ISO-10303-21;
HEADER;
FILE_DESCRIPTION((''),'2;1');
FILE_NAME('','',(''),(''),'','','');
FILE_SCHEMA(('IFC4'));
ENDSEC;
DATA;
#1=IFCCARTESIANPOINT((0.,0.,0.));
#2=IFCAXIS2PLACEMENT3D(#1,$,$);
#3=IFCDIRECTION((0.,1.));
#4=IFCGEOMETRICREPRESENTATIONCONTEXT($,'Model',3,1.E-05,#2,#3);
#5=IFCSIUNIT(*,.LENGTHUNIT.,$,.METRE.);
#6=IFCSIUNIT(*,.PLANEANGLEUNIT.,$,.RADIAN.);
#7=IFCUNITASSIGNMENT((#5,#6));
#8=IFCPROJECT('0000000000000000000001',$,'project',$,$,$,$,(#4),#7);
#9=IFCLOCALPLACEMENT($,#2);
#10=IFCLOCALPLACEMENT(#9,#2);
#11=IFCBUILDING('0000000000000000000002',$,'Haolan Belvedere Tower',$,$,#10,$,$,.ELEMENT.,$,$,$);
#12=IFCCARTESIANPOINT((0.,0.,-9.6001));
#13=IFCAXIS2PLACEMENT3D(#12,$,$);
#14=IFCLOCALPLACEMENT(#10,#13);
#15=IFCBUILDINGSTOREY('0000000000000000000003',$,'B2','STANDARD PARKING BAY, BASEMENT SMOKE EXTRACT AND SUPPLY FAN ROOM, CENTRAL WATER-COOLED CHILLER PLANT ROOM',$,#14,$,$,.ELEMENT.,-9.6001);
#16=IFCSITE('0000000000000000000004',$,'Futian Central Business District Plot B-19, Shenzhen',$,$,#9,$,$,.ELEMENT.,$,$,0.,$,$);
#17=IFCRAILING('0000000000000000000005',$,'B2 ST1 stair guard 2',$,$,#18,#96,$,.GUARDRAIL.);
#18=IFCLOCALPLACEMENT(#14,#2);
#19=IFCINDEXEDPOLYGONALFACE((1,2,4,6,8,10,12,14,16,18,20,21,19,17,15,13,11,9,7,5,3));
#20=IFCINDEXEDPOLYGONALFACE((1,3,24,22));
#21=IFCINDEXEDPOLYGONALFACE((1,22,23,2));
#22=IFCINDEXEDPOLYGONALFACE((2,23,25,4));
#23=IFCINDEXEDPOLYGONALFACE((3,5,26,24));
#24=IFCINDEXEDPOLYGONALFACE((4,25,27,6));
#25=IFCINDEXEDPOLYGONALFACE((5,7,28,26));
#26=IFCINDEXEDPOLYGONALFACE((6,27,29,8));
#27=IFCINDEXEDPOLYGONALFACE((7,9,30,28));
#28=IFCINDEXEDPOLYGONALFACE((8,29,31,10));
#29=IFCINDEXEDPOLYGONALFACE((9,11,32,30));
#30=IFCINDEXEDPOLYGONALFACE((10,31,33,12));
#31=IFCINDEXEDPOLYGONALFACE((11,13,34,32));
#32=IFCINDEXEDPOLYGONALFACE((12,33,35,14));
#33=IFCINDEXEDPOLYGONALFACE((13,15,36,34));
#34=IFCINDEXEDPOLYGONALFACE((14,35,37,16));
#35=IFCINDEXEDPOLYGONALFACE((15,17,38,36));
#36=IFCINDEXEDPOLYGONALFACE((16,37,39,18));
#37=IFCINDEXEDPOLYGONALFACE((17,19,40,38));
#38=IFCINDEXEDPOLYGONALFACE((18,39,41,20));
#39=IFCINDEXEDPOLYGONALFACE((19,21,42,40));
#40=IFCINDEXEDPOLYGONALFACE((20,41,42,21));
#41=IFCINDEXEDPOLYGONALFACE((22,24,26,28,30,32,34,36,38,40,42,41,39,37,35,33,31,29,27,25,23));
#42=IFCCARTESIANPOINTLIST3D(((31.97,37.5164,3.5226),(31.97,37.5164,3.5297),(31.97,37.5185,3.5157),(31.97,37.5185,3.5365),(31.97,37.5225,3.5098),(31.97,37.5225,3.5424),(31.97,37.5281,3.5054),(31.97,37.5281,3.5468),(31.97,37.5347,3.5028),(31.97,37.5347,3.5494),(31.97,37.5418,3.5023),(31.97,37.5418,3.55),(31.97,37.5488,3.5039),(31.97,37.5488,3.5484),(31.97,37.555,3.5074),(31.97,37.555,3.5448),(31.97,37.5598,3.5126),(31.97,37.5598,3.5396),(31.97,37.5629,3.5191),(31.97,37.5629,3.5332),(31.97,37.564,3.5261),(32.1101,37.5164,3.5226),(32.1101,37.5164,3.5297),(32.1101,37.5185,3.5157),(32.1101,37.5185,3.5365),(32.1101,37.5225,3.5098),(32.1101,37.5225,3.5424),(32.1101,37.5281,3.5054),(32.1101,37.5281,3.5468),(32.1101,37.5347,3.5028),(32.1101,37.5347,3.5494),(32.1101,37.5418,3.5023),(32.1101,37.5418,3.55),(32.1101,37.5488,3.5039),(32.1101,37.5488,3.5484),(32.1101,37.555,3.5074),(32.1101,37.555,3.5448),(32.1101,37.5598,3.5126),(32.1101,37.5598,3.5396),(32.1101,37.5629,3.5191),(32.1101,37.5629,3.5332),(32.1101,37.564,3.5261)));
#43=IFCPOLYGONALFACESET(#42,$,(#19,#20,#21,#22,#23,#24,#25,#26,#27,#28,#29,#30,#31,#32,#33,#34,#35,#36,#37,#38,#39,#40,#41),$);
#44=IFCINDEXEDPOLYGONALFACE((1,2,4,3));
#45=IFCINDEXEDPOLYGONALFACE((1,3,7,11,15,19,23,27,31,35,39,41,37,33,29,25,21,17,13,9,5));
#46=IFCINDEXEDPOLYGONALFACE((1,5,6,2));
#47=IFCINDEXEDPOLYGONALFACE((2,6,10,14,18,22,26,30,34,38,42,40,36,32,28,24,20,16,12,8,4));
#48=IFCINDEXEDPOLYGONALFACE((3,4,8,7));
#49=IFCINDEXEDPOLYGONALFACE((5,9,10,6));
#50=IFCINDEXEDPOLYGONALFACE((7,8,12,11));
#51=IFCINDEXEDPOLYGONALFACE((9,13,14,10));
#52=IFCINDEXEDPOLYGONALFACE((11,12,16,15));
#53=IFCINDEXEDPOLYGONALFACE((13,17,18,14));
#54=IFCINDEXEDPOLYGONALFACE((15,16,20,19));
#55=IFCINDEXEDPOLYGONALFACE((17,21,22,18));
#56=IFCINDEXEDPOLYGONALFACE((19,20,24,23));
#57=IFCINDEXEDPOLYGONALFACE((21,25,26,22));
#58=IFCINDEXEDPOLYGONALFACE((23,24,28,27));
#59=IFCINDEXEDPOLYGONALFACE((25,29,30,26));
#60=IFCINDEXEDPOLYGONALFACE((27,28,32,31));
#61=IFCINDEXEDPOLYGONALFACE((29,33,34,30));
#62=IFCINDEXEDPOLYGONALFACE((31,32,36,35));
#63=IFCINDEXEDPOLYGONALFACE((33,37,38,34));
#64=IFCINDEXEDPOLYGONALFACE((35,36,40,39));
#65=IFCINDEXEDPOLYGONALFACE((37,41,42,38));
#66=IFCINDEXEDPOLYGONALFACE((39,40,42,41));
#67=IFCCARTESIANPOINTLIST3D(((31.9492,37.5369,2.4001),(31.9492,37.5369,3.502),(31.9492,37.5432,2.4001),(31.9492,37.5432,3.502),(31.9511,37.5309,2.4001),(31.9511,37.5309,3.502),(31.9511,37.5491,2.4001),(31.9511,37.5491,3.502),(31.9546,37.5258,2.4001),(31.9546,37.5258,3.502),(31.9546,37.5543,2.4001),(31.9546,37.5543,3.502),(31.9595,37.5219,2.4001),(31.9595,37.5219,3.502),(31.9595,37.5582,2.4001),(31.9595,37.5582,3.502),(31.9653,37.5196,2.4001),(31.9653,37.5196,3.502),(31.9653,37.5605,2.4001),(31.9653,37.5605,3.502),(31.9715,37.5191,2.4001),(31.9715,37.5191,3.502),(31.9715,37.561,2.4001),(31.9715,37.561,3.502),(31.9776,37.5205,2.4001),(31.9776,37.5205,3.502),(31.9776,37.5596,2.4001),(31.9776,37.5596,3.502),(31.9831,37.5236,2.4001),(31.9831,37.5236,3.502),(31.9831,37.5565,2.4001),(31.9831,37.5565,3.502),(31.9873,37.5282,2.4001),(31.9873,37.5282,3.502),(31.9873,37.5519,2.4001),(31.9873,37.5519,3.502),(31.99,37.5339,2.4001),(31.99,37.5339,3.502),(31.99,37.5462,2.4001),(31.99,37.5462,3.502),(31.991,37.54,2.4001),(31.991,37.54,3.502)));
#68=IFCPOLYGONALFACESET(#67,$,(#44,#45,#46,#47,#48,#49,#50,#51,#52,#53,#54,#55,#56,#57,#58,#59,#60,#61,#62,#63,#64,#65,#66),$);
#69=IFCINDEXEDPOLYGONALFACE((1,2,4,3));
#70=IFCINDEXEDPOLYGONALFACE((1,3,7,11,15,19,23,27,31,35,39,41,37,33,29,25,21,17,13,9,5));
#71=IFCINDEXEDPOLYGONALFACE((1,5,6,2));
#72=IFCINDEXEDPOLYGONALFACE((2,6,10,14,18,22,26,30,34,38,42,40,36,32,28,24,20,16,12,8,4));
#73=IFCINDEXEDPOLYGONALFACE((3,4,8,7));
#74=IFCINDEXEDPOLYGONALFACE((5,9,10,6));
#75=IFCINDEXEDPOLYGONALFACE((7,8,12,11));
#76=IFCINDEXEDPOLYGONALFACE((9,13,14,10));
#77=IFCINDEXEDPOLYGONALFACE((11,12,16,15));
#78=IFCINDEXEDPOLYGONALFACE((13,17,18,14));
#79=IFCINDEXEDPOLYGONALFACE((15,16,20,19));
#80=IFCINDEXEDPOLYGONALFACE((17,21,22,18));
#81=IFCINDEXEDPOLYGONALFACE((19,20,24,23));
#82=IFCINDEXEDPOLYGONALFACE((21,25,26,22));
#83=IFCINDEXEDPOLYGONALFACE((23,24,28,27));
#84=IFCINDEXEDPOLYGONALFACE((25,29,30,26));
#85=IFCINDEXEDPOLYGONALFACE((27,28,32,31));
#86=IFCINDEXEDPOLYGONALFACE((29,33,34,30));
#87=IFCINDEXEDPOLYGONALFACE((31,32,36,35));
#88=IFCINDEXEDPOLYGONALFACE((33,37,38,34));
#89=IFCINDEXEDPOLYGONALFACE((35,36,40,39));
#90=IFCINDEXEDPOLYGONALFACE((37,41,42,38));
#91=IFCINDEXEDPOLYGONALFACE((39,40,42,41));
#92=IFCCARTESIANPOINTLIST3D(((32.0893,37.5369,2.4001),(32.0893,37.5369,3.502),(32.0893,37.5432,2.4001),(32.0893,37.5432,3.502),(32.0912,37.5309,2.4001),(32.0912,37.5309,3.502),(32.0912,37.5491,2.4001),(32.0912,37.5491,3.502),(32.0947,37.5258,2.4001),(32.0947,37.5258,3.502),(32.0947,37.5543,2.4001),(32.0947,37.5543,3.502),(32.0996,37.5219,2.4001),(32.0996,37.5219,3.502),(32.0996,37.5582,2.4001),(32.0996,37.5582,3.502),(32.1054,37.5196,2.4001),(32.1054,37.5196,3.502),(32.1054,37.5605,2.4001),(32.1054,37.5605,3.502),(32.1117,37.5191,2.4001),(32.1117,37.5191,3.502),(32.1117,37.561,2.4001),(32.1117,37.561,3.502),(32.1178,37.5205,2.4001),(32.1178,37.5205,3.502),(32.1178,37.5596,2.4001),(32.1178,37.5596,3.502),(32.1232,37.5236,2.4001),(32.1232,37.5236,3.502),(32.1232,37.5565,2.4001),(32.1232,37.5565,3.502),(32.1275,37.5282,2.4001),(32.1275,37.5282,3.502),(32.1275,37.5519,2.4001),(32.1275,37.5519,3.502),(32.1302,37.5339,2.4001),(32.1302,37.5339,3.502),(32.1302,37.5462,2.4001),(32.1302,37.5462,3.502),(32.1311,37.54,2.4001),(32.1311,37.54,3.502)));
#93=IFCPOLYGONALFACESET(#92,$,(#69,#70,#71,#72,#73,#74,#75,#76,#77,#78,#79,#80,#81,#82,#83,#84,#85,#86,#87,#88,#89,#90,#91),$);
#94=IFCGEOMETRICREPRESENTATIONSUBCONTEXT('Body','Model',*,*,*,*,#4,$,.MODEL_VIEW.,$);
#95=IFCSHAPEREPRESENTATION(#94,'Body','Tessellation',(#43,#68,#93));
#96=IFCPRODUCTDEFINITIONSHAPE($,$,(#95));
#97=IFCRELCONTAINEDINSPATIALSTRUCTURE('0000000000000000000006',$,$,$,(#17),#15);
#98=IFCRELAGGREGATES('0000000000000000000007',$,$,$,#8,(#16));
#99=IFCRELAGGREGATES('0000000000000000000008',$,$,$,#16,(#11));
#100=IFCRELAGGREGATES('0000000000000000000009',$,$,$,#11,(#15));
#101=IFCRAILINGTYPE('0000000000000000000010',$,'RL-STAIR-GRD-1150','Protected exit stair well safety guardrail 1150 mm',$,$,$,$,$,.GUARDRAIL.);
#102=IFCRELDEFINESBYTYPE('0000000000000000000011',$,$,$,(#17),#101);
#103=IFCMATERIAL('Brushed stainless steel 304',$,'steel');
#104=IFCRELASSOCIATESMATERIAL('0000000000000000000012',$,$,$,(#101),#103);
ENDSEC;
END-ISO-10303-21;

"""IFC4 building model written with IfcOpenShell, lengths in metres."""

from ifc_helpers import new_model, si_unit, direction, frame, origin, origin_2d, place, context, subcontext, project, spatial, circle, extrude, material, type_object, element, save


model = new_model("IFC4")

# Units and contexts
model_context = context("Model", 3, precision=1e-05, world=origin(), true_north=direction((0.0, 1.0)))
body_context = subcontext(model_context, "Body", "Model", "MODEL_VIEW")
ifc_project = project(units=[si_unit("LENGTHUNIT", "METRE"), si_unit("PLANEANGLEUNIT", "RADIAN")], contexts=[model_context])

# Site, building, storey
site_placement = place(None, origin())
site = spatial("IfcSite", under=ifc_project, at=site_placement, Name="Futian Central Business District Plot B-19, Shenzhen", CompositionType="ELEMENT", RefElevation=0.0)
building_placement = place(site_placement, origin())
building = spatial("IfcBuilding", under=site, at=building_placement, Name="Haolan Belvedere Tower", CompositionType="ELEMENT")
storey_placement = place(building_placement, frame((0.0, 0.0, -9.6001)))
storey = spatial("IfcBuildingStorey", under=building, at=storey_placement, Name="B2", Description="STANDARD PARKING BAY, BASEMENT SMOKE EXTRACT AND SUPPLY FAN ROOM, CENTRAL WATER-COOLED CHILLER PLANT ROOM", CompositionType="ELEMENT", Elevation=-9.6001)

# Railing
ifc_material_1 = material(Name="Brushed stainless steel 304", Category="steel")
railing_type = type_object("IfcRailingType", Name="RL-STAIR-GRD-1150", Description="Protected exit stair well safety guardrail 1150 mm", PredefinedType="GUARDRAIL", material=ifc_material_1)
railing_placement = place(storey_placement, frame((31.97, 37.54, 2.4001)))
element("IfcRailing", 1, at=railing_placement, inside=storey, type_object=railing_type, Name="B2 ST1 stair guard 2", PredefinedType="GUARDRAIL", context=body_context, shape_type="SweptSolid", body=[
    extrude(circle(Radius=0.0239, at=origin_2d()), frame((0.0, 0.0, 1.126), z_axis=(1.0, 0.0, 0.0), x_axis=(0.0, 1.0, 0.0)), (0.0, 0.0, 1.0), 0.1401),
    extrude(circle(Radius=0.021, at=origin_2d()), origin(), (0.0, 0.0, 1.0), 1.1018),
    extrude(circle(Radius=0.021, at=origin_2d()), frame((0.1401, 0.0, 0.0)), (0.0, 0.0, 1.0), 1.1018),
])

save(model, "model.ifc")
